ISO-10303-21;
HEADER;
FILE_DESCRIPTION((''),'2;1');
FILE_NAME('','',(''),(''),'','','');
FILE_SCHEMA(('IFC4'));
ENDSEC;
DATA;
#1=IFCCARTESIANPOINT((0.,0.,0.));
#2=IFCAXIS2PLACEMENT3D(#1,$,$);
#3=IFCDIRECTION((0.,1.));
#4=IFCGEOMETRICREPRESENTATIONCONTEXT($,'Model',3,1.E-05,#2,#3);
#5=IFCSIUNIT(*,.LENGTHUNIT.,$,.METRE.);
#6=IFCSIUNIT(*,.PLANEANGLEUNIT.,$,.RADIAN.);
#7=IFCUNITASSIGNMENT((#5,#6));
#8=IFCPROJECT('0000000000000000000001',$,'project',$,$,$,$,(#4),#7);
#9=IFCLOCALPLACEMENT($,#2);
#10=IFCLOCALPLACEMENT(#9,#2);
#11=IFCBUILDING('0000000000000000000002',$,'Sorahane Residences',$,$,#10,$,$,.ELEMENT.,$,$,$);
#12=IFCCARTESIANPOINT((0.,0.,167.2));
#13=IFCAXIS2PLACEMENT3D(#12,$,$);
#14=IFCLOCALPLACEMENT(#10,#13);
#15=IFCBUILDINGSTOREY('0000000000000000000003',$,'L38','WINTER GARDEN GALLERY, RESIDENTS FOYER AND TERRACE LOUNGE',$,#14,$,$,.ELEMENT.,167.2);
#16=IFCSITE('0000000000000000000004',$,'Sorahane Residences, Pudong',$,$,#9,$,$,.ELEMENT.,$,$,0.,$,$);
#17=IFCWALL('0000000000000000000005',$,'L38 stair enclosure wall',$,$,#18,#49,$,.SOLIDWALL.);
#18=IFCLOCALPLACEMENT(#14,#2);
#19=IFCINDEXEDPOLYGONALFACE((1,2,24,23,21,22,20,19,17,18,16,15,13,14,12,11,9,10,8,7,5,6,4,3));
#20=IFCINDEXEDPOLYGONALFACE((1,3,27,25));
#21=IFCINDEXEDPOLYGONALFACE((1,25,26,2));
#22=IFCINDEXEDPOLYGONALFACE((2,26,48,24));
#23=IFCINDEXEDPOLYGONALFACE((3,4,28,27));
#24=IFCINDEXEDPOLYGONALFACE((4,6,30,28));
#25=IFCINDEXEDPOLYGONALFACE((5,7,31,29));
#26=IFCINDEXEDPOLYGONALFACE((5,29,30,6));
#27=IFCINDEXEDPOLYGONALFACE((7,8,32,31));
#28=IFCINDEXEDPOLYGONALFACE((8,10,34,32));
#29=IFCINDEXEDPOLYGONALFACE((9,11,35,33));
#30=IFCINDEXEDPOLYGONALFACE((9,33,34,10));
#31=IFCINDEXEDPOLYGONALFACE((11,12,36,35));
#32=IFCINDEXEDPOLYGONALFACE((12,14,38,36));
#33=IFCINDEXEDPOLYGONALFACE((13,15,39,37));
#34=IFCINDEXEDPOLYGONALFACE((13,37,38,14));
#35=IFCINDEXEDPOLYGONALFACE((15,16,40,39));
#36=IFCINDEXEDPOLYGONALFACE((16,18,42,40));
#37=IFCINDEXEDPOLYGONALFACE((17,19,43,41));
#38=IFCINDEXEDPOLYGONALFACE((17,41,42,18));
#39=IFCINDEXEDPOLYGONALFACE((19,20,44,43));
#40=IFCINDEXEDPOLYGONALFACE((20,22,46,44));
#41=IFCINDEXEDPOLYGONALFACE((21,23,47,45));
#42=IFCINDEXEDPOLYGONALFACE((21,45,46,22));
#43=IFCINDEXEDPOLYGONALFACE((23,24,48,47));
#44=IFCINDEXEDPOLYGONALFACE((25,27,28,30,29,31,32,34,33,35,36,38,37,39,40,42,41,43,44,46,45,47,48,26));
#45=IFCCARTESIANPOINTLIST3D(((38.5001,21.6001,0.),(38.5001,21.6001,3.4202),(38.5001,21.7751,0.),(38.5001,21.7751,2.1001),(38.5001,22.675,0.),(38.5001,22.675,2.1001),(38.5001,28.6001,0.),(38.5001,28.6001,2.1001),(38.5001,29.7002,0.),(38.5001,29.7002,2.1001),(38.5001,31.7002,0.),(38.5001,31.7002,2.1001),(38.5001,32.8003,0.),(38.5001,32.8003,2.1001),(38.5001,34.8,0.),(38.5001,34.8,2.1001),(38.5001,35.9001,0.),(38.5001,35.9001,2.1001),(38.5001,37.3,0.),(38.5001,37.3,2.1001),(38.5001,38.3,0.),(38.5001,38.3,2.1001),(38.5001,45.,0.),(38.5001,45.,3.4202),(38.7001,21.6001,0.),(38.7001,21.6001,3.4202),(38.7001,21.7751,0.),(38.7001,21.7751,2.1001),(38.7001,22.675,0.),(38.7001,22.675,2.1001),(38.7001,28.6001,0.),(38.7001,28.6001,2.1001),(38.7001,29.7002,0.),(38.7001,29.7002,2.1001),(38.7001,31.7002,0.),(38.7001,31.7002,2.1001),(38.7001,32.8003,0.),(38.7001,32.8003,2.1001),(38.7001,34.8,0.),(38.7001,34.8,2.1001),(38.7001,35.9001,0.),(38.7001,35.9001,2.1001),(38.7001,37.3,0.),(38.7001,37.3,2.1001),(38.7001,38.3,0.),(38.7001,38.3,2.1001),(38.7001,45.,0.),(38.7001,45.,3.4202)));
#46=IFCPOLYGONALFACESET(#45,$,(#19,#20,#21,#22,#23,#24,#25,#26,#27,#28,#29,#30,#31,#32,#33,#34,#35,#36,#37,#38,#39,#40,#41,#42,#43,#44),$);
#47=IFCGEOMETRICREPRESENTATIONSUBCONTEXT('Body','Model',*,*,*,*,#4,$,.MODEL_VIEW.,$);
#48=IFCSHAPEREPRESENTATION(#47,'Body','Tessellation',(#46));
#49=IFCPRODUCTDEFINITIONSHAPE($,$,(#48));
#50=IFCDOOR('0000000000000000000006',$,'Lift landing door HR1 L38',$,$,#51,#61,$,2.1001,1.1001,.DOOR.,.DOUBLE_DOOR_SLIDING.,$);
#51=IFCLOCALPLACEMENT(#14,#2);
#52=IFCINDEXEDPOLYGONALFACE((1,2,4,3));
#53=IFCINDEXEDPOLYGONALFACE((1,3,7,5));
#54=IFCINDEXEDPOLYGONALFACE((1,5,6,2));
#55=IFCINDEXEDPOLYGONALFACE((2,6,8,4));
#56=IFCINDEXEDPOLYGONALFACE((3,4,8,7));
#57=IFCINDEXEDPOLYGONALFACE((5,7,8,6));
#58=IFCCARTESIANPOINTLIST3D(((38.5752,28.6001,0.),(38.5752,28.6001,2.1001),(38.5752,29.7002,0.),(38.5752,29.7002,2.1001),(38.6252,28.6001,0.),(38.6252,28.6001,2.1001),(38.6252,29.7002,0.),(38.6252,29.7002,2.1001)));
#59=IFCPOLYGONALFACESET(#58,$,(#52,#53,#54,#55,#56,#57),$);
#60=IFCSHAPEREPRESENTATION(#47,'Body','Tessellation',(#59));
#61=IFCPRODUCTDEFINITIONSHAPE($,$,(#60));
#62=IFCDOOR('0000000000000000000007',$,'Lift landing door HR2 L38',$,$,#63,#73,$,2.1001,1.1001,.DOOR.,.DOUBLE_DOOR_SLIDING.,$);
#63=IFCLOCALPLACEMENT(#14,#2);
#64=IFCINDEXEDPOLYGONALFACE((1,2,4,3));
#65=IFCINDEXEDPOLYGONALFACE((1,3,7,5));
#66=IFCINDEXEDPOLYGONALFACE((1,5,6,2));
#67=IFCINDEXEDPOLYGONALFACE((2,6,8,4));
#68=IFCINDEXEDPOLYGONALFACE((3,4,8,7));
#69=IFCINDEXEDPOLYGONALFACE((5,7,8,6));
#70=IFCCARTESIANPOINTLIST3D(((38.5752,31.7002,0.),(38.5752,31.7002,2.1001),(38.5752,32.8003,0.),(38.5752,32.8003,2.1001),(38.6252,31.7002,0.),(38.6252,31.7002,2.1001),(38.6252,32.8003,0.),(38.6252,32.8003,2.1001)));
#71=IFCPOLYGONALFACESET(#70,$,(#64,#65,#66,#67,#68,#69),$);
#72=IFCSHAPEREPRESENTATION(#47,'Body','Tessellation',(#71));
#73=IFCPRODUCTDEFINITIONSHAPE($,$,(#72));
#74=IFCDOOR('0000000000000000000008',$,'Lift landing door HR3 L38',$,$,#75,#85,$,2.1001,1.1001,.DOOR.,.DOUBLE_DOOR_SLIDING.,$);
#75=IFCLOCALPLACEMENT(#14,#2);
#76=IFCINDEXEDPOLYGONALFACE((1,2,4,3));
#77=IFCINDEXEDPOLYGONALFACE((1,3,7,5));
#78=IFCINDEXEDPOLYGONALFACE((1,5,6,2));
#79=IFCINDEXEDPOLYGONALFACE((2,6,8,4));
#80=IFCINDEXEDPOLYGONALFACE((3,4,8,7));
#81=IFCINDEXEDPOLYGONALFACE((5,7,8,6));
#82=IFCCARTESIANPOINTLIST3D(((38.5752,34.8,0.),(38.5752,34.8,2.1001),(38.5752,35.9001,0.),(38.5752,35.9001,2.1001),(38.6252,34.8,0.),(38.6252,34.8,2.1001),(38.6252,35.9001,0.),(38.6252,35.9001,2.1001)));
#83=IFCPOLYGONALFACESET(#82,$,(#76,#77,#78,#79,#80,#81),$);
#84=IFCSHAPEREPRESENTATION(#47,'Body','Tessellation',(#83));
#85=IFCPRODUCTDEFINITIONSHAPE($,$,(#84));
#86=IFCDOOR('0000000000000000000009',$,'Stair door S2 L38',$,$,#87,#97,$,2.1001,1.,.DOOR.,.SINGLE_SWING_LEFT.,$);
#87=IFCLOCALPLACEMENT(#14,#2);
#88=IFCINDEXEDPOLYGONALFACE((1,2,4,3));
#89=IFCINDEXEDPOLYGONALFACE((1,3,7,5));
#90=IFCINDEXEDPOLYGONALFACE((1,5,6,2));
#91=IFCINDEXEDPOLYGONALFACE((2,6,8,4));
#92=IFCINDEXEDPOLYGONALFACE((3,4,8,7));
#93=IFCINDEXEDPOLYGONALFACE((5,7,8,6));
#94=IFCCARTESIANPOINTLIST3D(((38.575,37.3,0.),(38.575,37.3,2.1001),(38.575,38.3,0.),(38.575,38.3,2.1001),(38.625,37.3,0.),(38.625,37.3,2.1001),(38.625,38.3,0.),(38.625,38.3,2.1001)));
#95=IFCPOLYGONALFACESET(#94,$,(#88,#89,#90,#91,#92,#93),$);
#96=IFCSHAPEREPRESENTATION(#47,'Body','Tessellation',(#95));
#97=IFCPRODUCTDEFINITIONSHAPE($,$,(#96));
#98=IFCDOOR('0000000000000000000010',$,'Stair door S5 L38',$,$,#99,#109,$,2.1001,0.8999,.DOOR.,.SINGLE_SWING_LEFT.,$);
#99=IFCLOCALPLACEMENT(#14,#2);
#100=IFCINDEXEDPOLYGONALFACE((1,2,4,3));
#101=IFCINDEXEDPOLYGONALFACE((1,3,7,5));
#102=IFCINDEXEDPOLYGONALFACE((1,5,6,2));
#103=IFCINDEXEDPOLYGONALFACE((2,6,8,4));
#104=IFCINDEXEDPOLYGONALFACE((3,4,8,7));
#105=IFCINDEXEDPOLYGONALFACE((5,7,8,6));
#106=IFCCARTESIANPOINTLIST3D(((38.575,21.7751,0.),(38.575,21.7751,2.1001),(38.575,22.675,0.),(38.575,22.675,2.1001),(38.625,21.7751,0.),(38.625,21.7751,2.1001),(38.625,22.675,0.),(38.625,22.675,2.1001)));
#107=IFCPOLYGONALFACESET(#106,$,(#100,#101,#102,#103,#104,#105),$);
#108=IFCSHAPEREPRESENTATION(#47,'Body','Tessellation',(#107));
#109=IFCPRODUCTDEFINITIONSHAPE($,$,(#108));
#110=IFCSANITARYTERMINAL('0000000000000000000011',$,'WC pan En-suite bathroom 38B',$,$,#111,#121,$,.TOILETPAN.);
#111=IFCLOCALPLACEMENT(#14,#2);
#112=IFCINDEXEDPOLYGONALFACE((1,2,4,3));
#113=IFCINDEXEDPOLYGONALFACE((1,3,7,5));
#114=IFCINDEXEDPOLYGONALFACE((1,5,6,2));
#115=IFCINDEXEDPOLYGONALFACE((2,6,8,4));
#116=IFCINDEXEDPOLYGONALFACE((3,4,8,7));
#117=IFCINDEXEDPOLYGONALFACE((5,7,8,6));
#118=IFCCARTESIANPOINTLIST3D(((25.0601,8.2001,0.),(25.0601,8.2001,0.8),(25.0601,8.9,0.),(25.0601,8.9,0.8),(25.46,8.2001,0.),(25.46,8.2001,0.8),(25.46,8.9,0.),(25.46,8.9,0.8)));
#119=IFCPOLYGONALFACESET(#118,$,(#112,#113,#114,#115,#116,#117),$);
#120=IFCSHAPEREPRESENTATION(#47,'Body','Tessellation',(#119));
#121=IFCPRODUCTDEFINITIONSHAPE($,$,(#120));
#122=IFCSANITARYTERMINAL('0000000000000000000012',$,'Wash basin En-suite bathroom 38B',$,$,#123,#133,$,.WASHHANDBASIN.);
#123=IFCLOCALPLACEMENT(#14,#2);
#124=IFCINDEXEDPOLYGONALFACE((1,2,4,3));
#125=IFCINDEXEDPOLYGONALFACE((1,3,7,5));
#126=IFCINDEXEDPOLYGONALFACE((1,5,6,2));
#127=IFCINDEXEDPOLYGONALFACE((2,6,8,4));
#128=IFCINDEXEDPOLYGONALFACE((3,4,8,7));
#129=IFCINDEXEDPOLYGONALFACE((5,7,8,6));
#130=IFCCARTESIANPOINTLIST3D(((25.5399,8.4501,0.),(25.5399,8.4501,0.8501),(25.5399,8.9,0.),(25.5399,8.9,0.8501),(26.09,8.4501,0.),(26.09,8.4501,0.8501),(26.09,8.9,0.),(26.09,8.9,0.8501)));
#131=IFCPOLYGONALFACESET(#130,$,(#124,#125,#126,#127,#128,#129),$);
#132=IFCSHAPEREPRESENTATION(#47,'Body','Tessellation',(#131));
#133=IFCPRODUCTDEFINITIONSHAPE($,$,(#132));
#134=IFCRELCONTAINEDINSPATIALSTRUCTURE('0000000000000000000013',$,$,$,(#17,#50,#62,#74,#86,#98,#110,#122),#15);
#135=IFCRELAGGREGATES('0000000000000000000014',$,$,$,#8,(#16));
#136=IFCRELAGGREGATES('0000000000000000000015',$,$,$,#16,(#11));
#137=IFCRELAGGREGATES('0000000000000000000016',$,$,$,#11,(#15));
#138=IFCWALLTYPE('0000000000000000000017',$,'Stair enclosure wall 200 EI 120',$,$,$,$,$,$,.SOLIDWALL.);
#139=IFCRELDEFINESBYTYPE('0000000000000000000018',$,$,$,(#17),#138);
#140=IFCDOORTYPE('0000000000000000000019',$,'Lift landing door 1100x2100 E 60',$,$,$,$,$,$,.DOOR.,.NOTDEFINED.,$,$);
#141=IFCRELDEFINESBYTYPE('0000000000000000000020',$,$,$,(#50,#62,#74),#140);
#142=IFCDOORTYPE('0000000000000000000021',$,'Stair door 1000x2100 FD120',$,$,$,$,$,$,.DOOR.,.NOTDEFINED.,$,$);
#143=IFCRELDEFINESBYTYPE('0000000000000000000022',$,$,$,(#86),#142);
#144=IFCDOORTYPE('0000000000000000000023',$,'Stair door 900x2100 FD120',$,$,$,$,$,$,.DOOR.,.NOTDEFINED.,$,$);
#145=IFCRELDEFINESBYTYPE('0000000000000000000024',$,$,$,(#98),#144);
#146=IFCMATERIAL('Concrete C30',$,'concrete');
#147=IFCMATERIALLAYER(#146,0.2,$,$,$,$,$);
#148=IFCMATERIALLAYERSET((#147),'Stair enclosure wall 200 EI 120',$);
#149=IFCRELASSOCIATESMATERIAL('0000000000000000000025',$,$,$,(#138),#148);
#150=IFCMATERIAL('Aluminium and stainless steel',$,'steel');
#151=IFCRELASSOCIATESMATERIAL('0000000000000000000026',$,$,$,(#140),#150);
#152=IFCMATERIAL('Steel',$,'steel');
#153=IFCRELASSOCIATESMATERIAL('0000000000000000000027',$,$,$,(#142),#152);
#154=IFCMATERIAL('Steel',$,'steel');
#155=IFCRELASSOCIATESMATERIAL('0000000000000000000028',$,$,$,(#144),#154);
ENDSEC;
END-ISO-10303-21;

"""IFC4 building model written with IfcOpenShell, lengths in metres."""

from ifc_helpers import new_model, si_unit, direction, frame, frame_2d, origin, origin_2d, place, context, subcontext, project, spatial, rectangle, extrude, material, layer, layer_set, type_object, element, fill, save


model = new_model("IFC4")

# Units and contexts
model_context = context("Model", 3, precision=1e-05, world=origin(), true_north=direction((0.0, 1.0)))
body_context = subcontext(model_context, "Body", "Model", "MODEL_VIEW")
ifc_project = project(units=[si_unit("LENGTHUNIT", "METRE"), si_unit("PLANEANGLEUNIT", "RADIAN")], contexts=[model_context])

# Site, building, storey
site_placement = place(None, origin())
site = spatial("IfcSite", under=ifc_project, at=site_placement, Name="Sorahane Residences, Pudong", CompositionType="ELEMENT", RefElevation=0.0)
building_placement = place(site_placement, origin())
building = spatial("IfcBuilding", under=site, at=building_placement, Name="Sorahane Residences", CompositionType="ELEMENT")
storey_placement = place(building_placement, frame((0.0, 0.0, 167.2)))
storey = spatial("IfcBuildingStorey", under=building, at=storey_placement, Name="L38", Description="WINTER GARDEN GALLERY, RESIDENTS FOYER AND TERRACE LOUNGE", CompositionType="ELEMENT", Elevation=167.2)

# Wall, openings, doors
ifc_material_1 = material(Name="Concrete C30", Category="concrete")
ifc_layer_1 = layer(ifc_material_1, 0.2)
ifc_layer_set_1 = layer_set([ifc_layer_1], Name="Stair enclosure wall 200 EI 120")
wall_type_1 = type_object("IfcWallType", Name="Stair enclosure wall 200 EI 120", PredefinedType="SOLIDWALL", material=ifc_layer_set_1)
wall_1_placement = place(storey_placement, frame((38.6001, 21.6001, 0.0), z_axis=(0.0, 0.0, 1.0), x_axis=(0.0, 1.0, 0.0)))
wall_1 = element("IfcWall", 1, at=wall_1_placement, inside=storey, type_object=wall_type_1, Name="L38 stair enclosure wall", PredefinedType="SOLIDWALL", context=body_context, shape_type="SweptSolid", body=[
    extrude(rectangle(XDim=23.3999, YDim=0.2, at=frame_2d((11.7, 0.0))), origin(), (0.0, 0.0, 1.0), 3.4202),
])
opening_1_placement = place(wall_1_placement, frame((7.0, 0.0, 0.0)))
opening_1 = element("IfcOpeningElement", 2, at=opening_1_placement, cuts=wall_1, PredefinedType="OPENING", context=body_context, shape_type="SweptSolid", body=[
    extrude(rectangle(XDim=1.1001, YDim=2.1001, at=frame_2d((0.55, 1.05))), frame((0.0, 0.1099, 0.0), z_axis=(0.0, -1.0, 0.0), x_axis=(1.0, 0.0, 0.0)), (0.0, 0.0, 1.0), 0.22),
])
opening_2_placement = place(wall_1_placement, frame((10.1001, 0.0, 0.0)))
opening_2 = element("IfcOpeningElement", 3, at=opening_2_placement, cuts=wall_1, PredefinedType="OPENING", context=body_context, shape_type="SweptSolid", body=[
    extrude(rectangle(XDim=1.1001, YDim=2.1001, at=frame_2d((0.55, 1.05))), frame((0.0, 0.1099, 0.0), z_axis=(0.0, -1.0, 0.0), x_axis=(1.0, 0.0, 0.0)), (0.0, 0.0, 1.0), 0.22),
])
opening_3_placement = place(wall_1_placement, frame((13.2, 0.0, 0.0)))
opening_3 = element("IfcOpeningElement", 4, at=opening_3_placement, cuts=wall_1, PredefinedType="OPENING", context=body_context, shape_type="SweptSolid", body=[
    extrude(rectangle(XDim=1.1001, YDim=2.1001, at=frame_2d((0.55, 1.05))), frame((0.0, 0.1099, 0.0), z_axis=(0.0, -1.0, 0.0), x_axis=(1.0, 0.0, 0.0)), (0.0, 0.0, 1.0), 0.22),
])
opening_4_placement = place(wall_1_placement, frame((15.7, 0.0, 0.0)))
opening_4 = element("IfcOpeningElement", 5, at=opening_4_placement, cuts=wall_1, PredefinedType="OPENING", context=body_context, shape_type="SweptSolid", body=[
    extrude(rectangle(XDim=1.0, YDim=2.1001, at=frame_2d((0.5, 1.05))), frame((0.0, 0.1099, 0.0), z_axis=(0.0, -1.0, 0.0), x_axis=(1.0, 0.0, 0.0)), (0.0, 0.0, 1.0), 0.22),
])
opening_5_placement = place(wall_1_placement, frame((0.175, 0.0, 0.0)))
opening_5 = element("IfcOpeningElement", 6, at=opening_5_placement, cuts=wall_1, PredefinedType="OPENING", context=body_context, shape_type="SweptSolid", body=[
    extrude(rectangle(XDim=0.8999, YDim=2.1001, at=frame_2d((0.45, 1.05))), frame((0.0, 0.1099, 0.0), z_axis=(0.0, -1.0, 0.0), x_axis=(1.0, 0.0, 0.0)), (0.0, 0.0, 1.0), 0.22),
])
ifc_material_2 = material(Name="Aluminium and stainless steel", Category="steel")
door_type_1 = type_object("IfcDoorType", Name="Lift landing door 1100x2100 E 60", OperationType="NOTDEFINED", PredefinedType="DOOR", material=ifc_material_2)
door_1_placement = place(opening_1_placement, origin())
door_1 = element("IfcDoor", 7, at=door_1_placement, inside=storey, type_object=door_type_1, Name="Lift landing door HR1 L38", OperationType="DOUBLE_DOOR_SLIDING", OverallHeight=2.1001, OverallWidth=1.1001, PredefinedType="DOOR", context=body_context, shape_type="SweptSolid", body=[
    extrude(rectangle(XDim=1.1001, YDim=2.1001, at=frame_2d((0.55, 1.05))), frame((0.0, 0.0249, 0.0), z_axis=(0.0, -1.0, 0.0), x_axis=(1.0, 0.0, 0.0)), (0.0, 0.0, 1.0), 0.05),
])
fill(opening_1, door_1)
door_2_placement = place(opening_2_placement, origin())
door_2 = element("IfcDoor", 8, at=door_2_placement, inside=storey, type_object=door_type_1, Name="Lift landing door HR2 L38", OperationType="DOUBLE_DOOR_SLIDING", OverallHeight=2.1001, OverallWidth=1.1001, PredefinedType="DOOR", context=body_context, shape_type="SweptSolid", body=[
    extrude(rectangle(XDim=1.1001, YDim=2.1001, at=frame_2d((0.55, 1.05))), frame((0.0, 0.0249, 0.0), z_axis=(0.0, -1.0, 0.0), x_axis=(1.0, 0.0, 0.0)), (0.0, 0.0, 1.0), 0.05),
])
fill(opening_2, door_2)
door_3_placement = place(opening_3_placement, origin())
door_3 = element("IfcDoor", 9, at=door_3_placement, inside=storey, type_object=door_type_1, Name="Lift landing door HR3 L38", OperationType="DOUBLE_DOOR_SLIDING", OverallHeight=2.1001, OverallWidth=1.1001, PredefinedType="DOOR", context=body_context, shape_type="SweptSolid", body=[
    extrude(rectangle(XDim=1.1001, YDim=2.1001, at=frame_2d((0.55, 1.05))), frame((0.0, 0.0249, 0.0), z_axis=(0.0, -1.0, 0.0), x_axis=(1.0, 0.0, 0.0)), (0.0, 0.0, 1.0), 0.05),
])
fill(opening_3, door_3)
ifc_material_3 = material(Name="Steel", Category="steel")
door_type_2 = type_object("IfcDoorType", Name="Stair door 1000x2100 FD120", OperationType="NOTDEFINED", PredefinedType="DOOR", material=ifc_material_3)
door_4_placement = place(opening_4_placement, frame((1.0, 0.0, 0.0), z_axis=(0.0, 0.0, 1.0), x_axis=(-1.0, 0.0, 0.0)))
door_4 = element("IfcDoor", 10, at=door_4_placement, inside=storey, type_object=door_type_2, Name="Stair door S2 L38", OperationType="SINGLE_SWING_LEFT", OverallHeight=2.1001, OverallWidth=1.0, PredefinedType="DOOR", context=body_context, shape_type="SweptSolid", body=[
    extrude(rectangle(XDim=1.0, YDim=2.1001, at=frame_2d((0.5, 1.05))), frame((0.0, 0.0249, 0.0), z_axis=(0.0, -1.0, 0.0), x_axis=(1.0, 0.0, 0.0)), (0.0, 0.0, 1.0), 0.05),
])
fill(opening_4, door_4)
ifc_material_4 = material(Name="Steel", Category="steel")
door_type_3 = type_object("IfcDoorType", Name="Stair door 900x2100 FD120", OperationType="NOTDEFINED", PredefinedType="DOOR", material=ifc_material_4)
door_5_placement = place(opening_5_placement, frame((0.8999, 0.0, 0.0), z_axis=(0.0, 0.0, 1.0), x_axis=(-1.0, 0.0, 0.0)))
door_5 = element("IfcDoor", 11, at=door_5_placement, inside=storey, type_object=door_type_3, Name="Stair door S5 L38", OperationType="SINGLE_SWING_LEFT", OverallHeight=2.1001, OverallWidth=0.8999, PredefinedType="DOOR", context=body_context, shape_type="SweptSolid", body=[
    extrude(rectangle(XDim=0.8999, YDim=2.1001, at=frame_2d((0.45, 1.05))), frame((0.0, 0.0249, 0.0), z_axis=(0.0, -1.0, 0.0), x_axis=(1.0, 0.0, 0.0)), (0.0, 0.0, 1.0), 0.05),
])
fill(opening_5, door_5)

# Sanitary terminals
sanitary_terminal_1_placement = place(storey_placement, frame((25.26, 8.55, 0.0), z_axis=(0.0, 0.0, 1.0), x_axis=(1.0, 0.0, 0.0)))
element("IfcSanitaryTerminal", 12, at=sanitary_terminal_1_placement, inside=storey, Name="WC pan En-suite bathroom 38B", PredefinedType="TOILETPAN", context=body_context, shape_type="SweptSolid", body=[
    extrude(rectangle(XDim=0.3999, YDim=0.7, at=origin_2d()), origin(), (0.0, 0.0, 1.0), 0.8),
])
sanitary_terminal_2_placement = place(storey_placement, frame((25.8149, 8.675, 0.0), z_axis=(0.0, 0.0, 1.0), x_axis=(1.0, 0.0, 0.0)))
element("IfcSanitaryTerminal", 13, at=sanitary_terminal_2_placement, inside=storey, Name="Wash basin En-suite bathroom 38B", PredefinedType="WASHHANDBASIN", context=body_context, shape_type="SweptSolid", body=[
    extrude(rectangle(XDim=0.55, YDim=0.45, at=origin_2d()), origin(), (0.0, 0.0, 1.0), 0.8501),
])

save(model, "model.ifc")
